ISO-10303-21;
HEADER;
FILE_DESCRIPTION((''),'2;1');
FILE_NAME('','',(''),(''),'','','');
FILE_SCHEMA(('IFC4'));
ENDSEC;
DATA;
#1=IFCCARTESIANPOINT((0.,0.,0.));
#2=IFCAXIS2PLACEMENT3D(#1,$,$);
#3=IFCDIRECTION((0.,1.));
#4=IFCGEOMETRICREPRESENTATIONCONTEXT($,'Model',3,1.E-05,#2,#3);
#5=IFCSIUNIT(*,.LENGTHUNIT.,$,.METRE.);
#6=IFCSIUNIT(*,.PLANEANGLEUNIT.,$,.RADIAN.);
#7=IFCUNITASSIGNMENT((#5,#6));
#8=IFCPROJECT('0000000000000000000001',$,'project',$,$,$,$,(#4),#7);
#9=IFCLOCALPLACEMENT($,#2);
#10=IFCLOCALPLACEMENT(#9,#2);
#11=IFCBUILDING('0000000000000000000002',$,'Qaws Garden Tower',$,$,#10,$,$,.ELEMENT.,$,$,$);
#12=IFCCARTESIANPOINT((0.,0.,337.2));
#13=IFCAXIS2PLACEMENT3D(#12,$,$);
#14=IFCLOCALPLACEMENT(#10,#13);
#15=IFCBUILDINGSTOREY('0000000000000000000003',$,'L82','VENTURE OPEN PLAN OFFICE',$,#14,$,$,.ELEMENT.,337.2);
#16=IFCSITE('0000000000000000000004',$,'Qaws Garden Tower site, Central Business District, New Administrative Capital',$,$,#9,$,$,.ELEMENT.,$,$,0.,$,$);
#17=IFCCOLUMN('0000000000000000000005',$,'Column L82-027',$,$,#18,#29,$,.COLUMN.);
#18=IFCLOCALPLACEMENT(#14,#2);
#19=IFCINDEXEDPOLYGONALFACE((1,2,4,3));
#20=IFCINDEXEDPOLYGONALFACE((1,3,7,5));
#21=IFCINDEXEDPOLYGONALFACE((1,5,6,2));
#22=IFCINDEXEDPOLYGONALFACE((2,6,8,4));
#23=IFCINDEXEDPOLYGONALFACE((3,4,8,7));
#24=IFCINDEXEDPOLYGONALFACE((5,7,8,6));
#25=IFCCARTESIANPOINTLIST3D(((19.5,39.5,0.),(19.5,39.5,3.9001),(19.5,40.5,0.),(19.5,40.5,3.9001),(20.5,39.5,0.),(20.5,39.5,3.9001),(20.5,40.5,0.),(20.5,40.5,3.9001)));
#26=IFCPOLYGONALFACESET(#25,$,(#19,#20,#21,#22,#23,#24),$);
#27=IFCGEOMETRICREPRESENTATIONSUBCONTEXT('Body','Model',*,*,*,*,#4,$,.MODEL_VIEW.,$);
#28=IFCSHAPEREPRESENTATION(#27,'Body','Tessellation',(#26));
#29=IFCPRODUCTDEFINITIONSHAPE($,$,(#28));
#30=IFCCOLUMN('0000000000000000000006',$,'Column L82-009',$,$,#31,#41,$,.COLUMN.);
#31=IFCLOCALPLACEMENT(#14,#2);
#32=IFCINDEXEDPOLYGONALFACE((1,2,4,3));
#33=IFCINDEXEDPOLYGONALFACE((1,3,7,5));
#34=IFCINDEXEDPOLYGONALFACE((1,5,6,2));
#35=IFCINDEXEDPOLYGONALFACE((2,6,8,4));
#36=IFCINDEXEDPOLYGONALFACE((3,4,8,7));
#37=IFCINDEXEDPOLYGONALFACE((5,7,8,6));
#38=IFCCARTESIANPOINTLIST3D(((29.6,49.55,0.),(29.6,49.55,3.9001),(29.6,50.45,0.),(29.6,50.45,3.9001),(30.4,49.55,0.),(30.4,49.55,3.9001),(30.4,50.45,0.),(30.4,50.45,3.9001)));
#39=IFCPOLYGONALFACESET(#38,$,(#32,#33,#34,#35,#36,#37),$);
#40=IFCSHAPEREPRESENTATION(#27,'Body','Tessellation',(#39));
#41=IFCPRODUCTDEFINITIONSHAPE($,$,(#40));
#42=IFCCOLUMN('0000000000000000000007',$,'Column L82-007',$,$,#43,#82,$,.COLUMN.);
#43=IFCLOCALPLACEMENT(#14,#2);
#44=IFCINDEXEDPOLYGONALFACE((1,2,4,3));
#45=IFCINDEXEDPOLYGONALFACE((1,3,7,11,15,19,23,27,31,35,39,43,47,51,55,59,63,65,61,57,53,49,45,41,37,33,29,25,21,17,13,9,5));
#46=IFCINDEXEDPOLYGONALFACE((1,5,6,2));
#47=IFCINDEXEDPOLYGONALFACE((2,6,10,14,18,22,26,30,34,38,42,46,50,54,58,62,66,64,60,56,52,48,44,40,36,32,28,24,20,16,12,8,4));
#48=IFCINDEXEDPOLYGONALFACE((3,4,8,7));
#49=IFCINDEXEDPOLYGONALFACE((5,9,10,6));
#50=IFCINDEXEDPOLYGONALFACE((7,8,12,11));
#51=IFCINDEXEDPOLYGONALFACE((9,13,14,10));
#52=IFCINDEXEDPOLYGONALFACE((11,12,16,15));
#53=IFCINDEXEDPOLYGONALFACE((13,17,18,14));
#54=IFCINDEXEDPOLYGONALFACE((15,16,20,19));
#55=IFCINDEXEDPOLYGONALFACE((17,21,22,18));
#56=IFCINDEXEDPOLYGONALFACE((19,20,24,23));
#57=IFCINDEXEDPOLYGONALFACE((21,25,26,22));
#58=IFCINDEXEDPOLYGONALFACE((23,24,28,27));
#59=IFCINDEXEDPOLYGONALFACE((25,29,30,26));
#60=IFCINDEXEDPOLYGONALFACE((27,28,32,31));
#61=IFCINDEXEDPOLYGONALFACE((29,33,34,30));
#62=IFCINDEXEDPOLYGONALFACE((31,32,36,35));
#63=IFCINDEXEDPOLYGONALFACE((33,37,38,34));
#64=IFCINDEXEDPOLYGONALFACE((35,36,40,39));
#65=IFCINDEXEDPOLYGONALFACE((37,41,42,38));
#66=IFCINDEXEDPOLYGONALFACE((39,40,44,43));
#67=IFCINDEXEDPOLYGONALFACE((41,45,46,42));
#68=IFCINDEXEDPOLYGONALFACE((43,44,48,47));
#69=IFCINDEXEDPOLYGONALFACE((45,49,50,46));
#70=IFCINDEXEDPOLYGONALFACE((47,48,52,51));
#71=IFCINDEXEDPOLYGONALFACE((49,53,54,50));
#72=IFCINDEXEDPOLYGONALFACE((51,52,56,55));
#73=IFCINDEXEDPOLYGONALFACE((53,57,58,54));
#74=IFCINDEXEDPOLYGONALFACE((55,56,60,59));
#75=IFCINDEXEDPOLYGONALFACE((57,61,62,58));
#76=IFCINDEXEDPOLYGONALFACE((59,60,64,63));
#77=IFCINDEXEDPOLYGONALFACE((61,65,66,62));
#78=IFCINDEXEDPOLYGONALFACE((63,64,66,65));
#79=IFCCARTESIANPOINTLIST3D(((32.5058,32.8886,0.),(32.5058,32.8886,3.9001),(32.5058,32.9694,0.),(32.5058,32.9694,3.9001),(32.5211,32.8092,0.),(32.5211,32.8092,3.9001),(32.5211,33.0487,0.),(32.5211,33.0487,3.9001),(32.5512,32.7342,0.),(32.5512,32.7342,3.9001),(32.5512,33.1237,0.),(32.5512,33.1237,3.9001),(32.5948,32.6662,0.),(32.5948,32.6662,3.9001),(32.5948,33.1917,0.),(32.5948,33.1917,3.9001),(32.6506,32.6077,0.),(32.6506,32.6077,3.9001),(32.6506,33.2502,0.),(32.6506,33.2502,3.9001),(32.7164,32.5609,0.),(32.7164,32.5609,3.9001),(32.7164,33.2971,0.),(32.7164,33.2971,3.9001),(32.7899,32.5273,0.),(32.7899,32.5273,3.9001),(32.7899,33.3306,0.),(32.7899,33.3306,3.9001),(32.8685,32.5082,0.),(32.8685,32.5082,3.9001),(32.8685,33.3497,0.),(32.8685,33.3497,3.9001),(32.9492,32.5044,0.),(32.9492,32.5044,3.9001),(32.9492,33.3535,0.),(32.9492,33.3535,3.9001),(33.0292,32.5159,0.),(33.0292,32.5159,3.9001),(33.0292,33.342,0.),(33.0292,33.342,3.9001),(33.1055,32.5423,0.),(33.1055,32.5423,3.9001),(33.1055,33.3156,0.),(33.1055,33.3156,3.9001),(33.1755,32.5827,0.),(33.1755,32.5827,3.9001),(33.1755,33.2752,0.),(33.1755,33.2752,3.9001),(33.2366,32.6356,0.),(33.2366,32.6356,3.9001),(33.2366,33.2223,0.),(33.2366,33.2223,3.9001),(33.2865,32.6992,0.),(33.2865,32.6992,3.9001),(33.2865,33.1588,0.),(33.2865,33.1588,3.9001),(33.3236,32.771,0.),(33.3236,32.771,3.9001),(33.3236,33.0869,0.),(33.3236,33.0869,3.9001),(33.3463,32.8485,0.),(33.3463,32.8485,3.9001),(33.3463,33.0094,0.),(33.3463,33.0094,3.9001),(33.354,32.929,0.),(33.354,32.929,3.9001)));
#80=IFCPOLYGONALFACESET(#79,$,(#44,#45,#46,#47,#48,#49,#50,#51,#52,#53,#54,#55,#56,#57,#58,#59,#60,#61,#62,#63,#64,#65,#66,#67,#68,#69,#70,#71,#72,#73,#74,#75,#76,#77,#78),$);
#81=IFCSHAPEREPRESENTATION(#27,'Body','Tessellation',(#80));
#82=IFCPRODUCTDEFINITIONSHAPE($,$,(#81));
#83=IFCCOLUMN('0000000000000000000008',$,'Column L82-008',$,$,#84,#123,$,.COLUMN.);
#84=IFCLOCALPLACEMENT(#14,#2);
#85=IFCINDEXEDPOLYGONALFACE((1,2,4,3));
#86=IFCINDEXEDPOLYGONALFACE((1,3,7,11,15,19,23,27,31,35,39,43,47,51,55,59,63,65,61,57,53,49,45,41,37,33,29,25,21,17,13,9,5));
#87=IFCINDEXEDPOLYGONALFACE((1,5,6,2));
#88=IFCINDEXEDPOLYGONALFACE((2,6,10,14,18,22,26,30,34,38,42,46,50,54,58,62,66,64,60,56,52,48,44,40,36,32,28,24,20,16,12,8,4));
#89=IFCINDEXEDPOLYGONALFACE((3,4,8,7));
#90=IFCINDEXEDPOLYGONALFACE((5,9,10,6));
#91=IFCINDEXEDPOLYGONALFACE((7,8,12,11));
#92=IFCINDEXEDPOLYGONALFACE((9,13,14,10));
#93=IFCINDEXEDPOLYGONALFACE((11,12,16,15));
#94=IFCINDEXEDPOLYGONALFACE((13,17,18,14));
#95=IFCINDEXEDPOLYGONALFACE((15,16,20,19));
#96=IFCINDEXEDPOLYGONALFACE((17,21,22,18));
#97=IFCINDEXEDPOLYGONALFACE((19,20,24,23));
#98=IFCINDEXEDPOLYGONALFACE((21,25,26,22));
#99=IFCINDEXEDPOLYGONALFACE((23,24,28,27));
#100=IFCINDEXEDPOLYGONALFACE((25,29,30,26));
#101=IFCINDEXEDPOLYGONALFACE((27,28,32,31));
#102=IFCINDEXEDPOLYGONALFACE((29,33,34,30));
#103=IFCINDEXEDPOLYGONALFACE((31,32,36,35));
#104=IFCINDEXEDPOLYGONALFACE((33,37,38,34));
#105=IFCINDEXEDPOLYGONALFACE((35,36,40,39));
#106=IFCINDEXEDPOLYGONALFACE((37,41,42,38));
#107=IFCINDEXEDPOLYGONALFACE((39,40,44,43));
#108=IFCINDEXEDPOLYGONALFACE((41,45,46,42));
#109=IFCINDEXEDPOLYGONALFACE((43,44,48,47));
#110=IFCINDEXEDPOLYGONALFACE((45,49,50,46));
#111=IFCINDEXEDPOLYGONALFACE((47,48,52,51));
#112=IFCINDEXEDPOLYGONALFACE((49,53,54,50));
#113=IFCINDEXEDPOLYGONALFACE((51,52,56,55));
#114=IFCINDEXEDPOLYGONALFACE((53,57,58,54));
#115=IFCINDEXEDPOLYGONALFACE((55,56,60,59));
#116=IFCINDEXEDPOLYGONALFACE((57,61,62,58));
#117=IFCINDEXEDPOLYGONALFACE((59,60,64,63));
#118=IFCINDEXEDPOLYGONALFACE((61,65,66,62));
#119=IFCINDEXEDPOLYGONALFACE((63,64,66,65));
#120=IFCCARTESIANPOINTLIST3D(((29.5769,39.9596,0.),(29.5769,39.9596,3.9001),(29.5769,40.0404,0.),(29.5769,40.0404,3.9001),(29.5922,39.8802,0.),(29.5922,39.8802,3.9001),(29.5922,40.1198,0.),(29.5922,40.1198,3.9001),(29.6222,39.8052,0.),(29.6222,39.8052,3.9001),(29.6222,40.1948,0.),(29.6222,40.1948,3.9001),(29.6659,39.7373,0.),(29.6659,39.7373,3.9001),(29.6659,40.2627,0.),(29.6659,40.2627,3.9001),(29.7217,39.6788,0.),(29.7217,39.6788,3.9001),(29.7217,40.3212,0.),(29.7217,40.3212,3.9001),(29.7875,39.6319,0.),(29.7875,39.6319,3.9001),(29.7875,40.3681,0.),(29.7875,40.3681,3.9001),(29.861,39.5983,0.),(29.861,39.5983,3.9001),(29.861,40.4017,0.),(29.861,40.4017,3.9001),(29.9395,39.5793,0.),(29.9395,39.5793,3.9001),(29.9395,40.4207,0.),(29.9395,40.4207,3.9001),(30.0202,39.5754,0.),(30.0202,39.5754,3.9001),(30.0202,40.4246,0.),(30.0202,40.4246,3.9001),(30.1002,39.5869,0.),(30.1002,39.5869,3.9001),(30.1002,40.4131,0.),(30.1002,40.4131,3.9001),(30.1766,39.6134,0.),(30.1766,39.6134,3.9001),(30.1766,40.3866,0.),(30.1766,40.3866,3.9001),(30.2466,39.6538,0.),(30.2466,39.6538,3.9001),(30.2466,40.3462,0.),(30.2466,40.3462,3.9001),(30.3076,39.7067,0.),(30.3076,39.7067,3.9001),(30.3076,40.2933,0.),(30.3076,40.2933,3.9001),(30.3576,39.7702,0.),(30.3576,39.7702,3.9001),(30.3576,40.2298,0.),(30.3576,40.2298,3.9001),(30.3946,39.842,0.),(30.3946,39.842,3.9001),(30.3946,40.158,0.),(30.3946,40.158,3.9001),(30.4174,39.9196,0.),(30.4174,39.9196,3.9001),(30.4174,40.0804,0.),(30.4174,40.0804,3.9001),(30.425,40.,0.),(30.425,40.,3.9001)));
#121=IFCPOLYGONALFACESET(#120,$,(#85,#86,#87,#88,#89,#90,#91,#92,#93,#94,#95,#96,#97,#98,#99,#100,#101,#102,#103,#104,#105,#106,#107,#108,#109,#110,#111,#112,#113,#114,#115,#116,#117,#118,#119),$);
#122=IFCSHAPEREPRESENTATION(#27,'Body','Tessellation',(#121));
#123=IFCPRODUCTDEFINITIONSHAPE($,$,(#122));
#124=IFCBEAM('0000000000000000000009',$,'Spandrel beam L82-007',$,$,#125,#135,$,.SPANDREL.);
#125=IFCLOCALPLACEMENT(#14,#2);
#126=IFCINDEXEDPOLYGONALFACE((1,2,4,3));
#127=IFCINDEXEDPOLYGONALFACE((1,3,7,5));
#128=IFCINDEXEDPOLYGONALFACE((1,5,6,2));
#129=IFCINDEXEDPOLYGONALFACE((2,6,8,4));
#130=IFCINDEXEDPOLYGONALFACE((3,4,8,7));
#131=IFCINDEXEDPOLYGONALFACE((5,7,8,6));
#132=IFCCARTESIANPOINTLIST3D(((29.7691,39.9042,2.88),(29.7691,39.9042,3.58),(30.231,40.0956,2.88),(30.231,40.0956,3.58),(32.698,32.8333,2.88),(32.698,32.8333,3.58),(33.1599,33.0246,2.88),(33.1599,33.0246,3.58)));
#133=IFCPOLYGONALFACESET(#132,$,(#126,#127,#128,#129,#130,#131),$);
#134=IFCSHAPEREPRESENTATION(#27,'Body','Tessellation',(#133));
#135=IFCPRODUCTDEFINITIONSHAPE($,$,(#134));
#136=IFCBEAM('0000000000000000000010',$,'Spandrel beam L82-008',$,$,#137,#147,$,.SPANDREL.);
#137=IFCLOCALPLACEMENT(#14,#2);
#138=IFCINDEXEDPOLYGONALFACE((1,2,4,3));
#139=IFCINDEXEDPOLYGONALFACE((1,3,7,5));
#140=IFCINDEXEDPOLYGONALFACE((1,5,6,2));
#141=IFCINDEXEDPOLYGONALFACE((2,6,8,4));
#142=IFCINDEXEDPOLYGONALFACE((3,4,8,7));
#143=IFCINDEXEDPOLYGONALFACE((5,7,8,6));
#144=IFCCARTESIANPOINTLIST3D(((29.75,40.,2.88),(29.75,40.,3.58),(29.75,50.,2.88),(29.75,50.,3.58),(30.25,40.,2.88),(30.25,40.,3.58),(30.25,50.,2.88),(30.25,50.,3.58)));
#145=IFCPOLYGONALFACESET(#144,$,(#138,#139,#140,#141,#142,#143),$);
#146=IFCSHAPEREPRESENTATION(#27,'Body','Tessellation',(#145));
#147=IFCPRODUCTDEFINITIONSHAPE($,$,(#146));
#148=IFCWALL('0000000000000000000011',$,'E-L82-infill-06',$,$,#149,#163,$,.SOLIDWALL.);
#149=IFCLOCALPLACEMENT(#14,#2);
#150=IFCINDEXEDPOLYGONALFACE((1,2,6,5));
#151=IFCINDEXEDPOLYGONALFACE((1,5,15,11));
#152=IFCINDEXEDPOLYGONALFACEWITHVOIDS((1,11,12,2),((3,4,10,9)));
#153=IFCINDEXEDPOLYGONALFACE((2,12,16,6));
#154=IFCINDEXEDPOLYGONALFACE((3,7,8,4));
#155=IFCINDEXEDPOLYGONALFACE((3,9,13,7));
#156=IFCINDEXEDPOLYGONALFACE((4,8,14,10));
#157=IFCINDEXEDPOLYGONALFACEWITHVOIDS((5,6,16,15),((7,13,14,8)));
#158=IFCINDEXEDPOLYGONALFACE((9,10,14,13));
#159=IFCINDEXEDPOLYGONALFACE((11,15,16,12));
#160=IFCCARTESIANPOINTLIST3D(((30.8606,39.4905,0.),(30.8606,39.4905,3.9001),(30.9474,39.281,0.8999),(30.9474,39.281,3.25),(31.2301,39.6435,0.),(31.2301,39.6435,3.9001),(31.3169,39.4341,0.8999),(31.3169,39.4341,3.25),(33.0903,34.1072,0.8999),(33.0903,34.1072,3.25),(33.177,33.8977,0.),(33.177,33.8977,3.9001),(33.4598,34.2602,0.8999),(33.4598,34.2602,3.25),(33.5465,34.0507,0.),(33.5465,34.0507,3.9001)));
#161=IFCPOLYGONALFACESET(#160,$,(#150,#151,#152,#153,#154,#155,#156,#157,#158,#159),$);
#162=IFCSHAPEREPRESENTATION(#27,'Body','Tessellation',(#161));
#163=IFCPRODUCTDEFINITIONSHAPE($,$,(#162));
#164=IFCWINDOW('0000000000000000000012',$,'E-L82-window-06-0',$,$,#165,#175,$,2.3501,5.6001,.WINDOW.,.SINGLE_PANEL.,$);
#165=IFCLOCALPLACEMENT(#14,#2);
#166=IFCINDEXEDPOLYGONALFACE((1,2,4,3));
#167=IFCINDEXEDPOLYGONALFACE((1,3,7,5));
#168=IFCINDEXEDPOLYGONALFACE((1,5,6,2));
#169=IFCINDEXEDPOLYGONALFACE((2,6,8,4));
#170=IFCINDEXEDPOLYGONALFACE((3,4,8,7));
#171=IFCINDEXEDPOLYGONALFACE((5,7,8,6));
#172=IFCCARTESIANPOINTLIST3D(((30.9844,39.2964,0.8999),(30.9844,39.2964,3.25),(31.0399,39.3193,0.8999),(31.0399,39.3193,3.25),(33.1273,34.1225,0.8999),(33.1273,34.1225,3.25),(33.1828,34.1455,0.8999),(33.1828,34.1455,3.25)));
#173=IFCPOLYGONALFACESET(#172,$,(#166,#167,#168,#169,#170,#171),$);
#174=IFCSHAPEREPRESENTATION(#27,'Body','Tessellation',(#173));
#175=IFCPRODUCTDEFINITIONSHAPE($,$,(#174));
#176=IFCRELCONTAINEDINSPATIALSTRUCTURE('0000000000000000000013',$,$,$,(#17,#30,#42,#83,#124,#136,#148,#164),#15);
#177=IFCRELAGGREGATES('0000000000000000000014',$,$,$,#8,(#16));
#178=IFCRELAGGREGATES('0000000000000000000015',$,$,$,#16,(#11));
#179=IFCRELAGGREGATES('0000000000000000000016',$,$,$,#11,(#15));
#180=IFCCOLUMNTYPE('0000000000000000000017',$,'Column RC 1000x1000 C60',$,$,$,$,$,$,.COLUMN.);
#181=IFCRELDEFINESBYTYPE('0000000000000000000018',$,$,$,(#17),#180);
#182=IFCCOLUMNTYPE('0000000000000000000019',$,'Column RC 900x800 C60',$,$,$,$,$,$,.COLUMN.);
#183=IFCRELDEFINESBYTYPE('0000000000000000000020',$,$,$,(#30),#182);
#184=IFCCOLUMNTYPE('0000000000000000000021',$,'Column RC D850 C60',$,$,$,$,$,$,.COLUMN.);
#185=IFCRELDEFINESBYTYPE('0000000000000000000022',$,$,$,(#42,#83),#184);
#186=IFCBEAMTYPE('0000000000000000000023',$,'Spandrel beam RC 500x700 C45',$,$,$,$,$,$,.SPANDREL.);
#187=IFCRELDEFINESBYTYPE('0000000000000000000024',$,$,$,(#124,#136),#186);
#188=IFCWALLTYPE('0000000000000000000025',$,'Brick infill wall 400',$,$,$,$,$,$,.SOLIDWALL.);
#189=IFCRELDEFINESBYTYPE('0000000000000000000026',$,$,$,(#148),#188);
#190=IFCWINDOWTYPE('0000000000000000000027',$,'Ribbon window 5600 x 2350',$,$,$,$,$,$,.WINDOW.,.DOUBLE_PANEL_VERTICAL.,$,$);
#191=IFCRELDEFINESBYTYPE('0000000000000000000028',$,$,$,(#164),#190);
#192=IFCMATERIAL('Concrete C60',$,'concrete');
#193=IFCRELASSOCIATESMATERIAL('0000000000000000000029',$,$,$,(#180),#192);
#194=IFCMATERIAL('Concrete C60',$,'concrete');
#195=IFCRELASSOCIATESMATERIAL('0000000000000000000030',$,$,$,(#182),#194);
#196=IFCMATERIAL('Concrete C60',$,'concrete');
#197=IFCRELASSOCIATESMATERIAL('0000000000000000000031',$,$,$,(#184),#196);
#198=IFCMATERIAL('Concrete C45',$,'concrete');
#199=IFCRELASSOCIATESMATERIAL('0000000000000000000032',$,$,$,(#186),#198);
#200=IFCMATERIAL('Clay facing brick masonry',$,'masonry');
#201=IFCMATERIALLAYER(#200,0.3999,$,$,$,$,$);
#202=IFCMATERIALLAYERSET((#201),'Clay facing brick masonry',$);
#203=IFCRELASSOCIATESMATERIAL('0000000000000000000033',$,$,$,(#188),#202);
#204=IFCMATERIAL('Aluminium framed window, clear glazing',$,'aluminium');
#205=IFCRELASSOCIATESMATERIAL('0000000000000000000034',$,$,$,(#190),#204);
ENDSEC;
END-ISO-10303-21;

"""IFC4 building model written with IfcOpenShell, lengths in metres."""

from ifc_helpers import new_model, si_unit, direction, frame, frame_2d, origin, origin_2d, place, context, subcontext, project, spatial, rectangle, circle, extrude, material, layer, layer_set, material_profile, profile_set, type_object, element, fill, save


model = new_model("IFC4")

# Units and contexts
model_context = context("Model", 3, precision=1e-05, world=origin(), true_north=direction((0.0, 1.0)))
body_context = subcontext(model_context, "Body", "Model", "MODEL_VIEW")
ifc_project = project(units=[si_unit("LENGTHUNIT", "METRE"), si_unit("PLANEANGLEUNIT", "RADIAN")], contexts=[model_context])

# Site, building, storey
site_placement = place(None, origin())
site = spatial("IfcSite", under=ifc_project, at=site_placement, Name="Qaws Garden Tower site, Central Business District, New Administrative Capital", CompositionType="ELEMENT", RefElevation=0.0)
building_placement = place(site_placement, origin())
building = spatial("IfcBuilding", under=site, at=building_placement, Name="Qaws Garden Tower", CompositionType="ELEMENT")
storey_placement = place(building_placement, frame((0.0, 0.0, 337.2)))
storey = spatial("IfcBuildingStorey", under=building, at=storey_placement, Name="L82", Description="VENTURE OPEN PLAN OFFICE", CompositionType="ELEMENT", Elevation=337.2)

# Columns
ifc_material_1 = material(Name="Concrete C60", Category="concrete")
ifc_material_profile_1 = material_profile(ifc_material_1, rectangle(XDim=1.0, YDim=1.0, at=origin_2d()), Name="RC 1000x1000")
ifc_profile_set_1 = profile_set([ifc_material_profile_1], Name="Concrete C60")
column_type_1 = type_object("IfcColumnType", Name="Column RC 1000x1000 C60", PredefinedType="COLUMN", material=ifc_profile_set_1)
column_1_placement = place(storey_placement, frame((20.0, 40.0, 0.0), z_axis=(0.0, 0.0, 1.0), x_axis=(1.0, 0.0, 0.0)))
element("IfcColumn", 1, at=column_1_placement, inside=storey, type_object=column_type_1, Name="Column L82-027", PredefinedType="COLUMN", context=body_context, shape_type="SweptSolid", body=[
    extrude(rectangle(XDim=1.0, YDim=1.0, at=origin_2d()), origin(), (0.0, 0.0, 1.0), 3.9001),
])
ifc_material_2 = material(Name="Concrete C60", Category="concrete")
ifc_material_profile_2 = material_profile(ifc_material_2, rectangle(XDim=0.8999, YDim=0.8, at=origin_2d()), Name="RC 900x800")
ifc_profile_set_2 = profile_set([ifc_material_profile_2], Name="Concrete C60")
column_type_2 = type_object("IfcColumnType", Name="Column RC 900x800 C60", PredefinedType="COLUMN", material=ifc_profile_set_2)
column_2_placement = place(storey_placement, frame((30.0, 50.0, 0.0), z_axis=(0.0, 0.0, 1.0), x_axis=(0.0, 1.0, 0.0)))
element("IfcColumn", 2, at=column_2_placement, inside=storey, type_object=column_type_2, Name="Column L82-009", PredefinedType="COLUMN", context=body_context, shape_type="SweptSolid", body=[
    extrude(rectangle(XDim=0.8999, YDim=0.8, at=origin_2d()), origin(), (0.0, 0.0, 1.0), 3.9001),
])
ifc_material_3 = material(Name="Concrete C60", Category="concrete")
ifc_material_profile_3 = material_profile(ifc_material_3, circle(Radius=0.425, at=origin_2d()), Name="RC D850")
ifc_profile_set_3 = profile_set([ifc_material_profile_3], Name="Concrete C60")
column_type_3 = type_object("IfcColumnType", Name="Column RC D850 C60", PredefinedType="COLUMN", material=ifc_profile_set_3)
for number, where, z_axis, x_axis, name in (
    (3, (32.929, 32.929, 0.0), (0.0, 0.0, 1.0), (1.0, 0.0, 0.0), "Column L82-007"),
    (4, (30.0, 40.0, 0.0), (0.0, 0.0, 1.0), (1.0, 0.0, 0.0), "Column L82-008"),
):
    element("IfcColumn", number, at=place(storey_placement, frame(where, z_axis=z_axis, x_axis=x_axis)), inside=storey, type_object=column_type_3, Name=name, PredefinedType="COLUMN", context=body_context, shape_type="SweptSolid", body=[
        extrude(circle(Radius=0.425, at=origin_2d()), origin(), (0.0, 0.0, 1.0), 3.9001),
    ])

# Beams
ifc_material_4 = material(Name="Concrete C45", Category="concrete")
ifc_material_profile_4 = material_profile(ifc_material_4, rectangle(XDim=0.5, YDim=0.7, at=origin_2d()), Name="RC 500x700")
ifc_profile_set_4 = profile_set([ifc_material_profile_4], Name="Concrete C45")
beam_type = type_object("IfcBeamType", Name="Spandrel beam RC 500x700 C45", PredefinedType="SPANDREL", material=ifc_profile_set_4)
beam_1_placement = place(storey_placement, frame((32.929, 32.929, 3.23), z_axis=(-0.382687, 0.923878, 0.0), x_axis=(-0.923878, -0.382687, 0.0)))
element("IfcBeam", 5, at=beam_1_placement, inside=storey, type_object=beam_type, Name="Spandrel beam L82-007", PredefinedType="SPANDREL", context=body_context, shape_type="SweptSolid", body=[
    extrude(rectangle(XDim=0.5, YDim=0.7, at=origin_2d()), origin(), (0.0, 0.0, 1.0), 7.6536),
])
beam_2_placement = place(storey_placement, frame((30.0, 40.0, 3.23), z_axis=(0.0, 1.0, 0.0), x_axis=(-1.0, 0.0, 0.0)))
element("IfcBeam", 6, at=beam_2_placement, inside=storey, type_object=beam_type, Name="Spandrel beam L82-008", PredefinedType="SPANDREL", context=body_context, shape_type="SweptSolid", body=[
    extrude(rectangle(XDim=0.5, YDim=0.7, at=origin_2d()), origin(), (0.0, 0.0, 1.0), 10.0),
])

# Wall, opening, window
ifc_material_5 = material(Name="Clay facing brick masonry", Category="masonry")
ifc_layer_1 = layer(ifc_material_5, 0.3999)
ifc_layer_set_1 = layer_set([ifc_layer_1], Name="Clay facing brick masonry")
wall_type_1 = type_object("IfcWallType", Name="Brick infill wall 400", PredefinedType="SOLIDWALL", material=ifc_layer_set_1)
wall_1_placement = place(storey_placement, frame((33.3618, 33.9741, 0.0), z_axis=(0.0, 0.0, 1.0), x_axis=(-0.382656, 0.923891, 0.0)))
wall_1 = element("IfcWall", 7, at=wall_1_placement, inside=storey, type_object=wall_type_1, Name="E-L82-infill-06", PredefinedType="SOLIDWALL", context=body_context, shape_type="SweptSolid", body=[
    extrude(rectangle(XDim=6.0535, YDim=0.3999, at=frame_2d((3.0269, 0.0))), origin(), (0.0, 0.0, 1.0), 3.9001),
])
opening_1_placement = place(wall_1_placement, frame((0.2268, 0.0, 0.8999)))
opening_1 = element("IfcOpeningElement", 8, at=opening_1_placement, cuts=wall_1, PredefinedType="OPENING", context=body_context, shape_type="SweptSolid", body=[
    extrude(rectangle(XDim=5.6001, YDim=2.3501, at=frame_2d((2.8, 1.175))), frame((0.0, 0.21, 0.0), z_axis=(0.0, -1.0, 0.0), x_axis=(1.0, 0.0, 0.0)), (0.0, 0.0, 1.0), 0.4199),
])
ifc_material_6 = material(Name="Aluminium framed window, clear glazing", Category="aluminium")
window_type_1 = type_object("IfcWindowType", Name="Ribbon window 5600 x 2350", PartitioningType="DOUBLE_PANEL_VERTICAL", PredefinedType="WINDOW", material=ifc_material_6)
window_1_placement = place(opening_1_placement, origin())
window_1 = element("IfcWindow", 9, at=window_1_placement, inside=storey, type_object=window_type_1, Name="E-L82-window-06-0", OverallHeight=2.3501, OverallWidth=5.6001, PartitioningType="SINGLE_PANEL", PredefinedType="WINDOW", context=body_context, shape_type="SweptSolid", body=[
    extrude(rectangle(XDim=5.6001, YDim=2.3501, at=frame_2d((2.8, 1.175))), frame((0.0, 0.1599, 0.0), z_axis=(0.0, -1.0, 0.0), x_axis=(1.0, 0.0, 0.0)), (0.0, 0.0, 1.0), 0.0601),
])
fill(opening_1, window_1)

save(model, "model.ifc")
